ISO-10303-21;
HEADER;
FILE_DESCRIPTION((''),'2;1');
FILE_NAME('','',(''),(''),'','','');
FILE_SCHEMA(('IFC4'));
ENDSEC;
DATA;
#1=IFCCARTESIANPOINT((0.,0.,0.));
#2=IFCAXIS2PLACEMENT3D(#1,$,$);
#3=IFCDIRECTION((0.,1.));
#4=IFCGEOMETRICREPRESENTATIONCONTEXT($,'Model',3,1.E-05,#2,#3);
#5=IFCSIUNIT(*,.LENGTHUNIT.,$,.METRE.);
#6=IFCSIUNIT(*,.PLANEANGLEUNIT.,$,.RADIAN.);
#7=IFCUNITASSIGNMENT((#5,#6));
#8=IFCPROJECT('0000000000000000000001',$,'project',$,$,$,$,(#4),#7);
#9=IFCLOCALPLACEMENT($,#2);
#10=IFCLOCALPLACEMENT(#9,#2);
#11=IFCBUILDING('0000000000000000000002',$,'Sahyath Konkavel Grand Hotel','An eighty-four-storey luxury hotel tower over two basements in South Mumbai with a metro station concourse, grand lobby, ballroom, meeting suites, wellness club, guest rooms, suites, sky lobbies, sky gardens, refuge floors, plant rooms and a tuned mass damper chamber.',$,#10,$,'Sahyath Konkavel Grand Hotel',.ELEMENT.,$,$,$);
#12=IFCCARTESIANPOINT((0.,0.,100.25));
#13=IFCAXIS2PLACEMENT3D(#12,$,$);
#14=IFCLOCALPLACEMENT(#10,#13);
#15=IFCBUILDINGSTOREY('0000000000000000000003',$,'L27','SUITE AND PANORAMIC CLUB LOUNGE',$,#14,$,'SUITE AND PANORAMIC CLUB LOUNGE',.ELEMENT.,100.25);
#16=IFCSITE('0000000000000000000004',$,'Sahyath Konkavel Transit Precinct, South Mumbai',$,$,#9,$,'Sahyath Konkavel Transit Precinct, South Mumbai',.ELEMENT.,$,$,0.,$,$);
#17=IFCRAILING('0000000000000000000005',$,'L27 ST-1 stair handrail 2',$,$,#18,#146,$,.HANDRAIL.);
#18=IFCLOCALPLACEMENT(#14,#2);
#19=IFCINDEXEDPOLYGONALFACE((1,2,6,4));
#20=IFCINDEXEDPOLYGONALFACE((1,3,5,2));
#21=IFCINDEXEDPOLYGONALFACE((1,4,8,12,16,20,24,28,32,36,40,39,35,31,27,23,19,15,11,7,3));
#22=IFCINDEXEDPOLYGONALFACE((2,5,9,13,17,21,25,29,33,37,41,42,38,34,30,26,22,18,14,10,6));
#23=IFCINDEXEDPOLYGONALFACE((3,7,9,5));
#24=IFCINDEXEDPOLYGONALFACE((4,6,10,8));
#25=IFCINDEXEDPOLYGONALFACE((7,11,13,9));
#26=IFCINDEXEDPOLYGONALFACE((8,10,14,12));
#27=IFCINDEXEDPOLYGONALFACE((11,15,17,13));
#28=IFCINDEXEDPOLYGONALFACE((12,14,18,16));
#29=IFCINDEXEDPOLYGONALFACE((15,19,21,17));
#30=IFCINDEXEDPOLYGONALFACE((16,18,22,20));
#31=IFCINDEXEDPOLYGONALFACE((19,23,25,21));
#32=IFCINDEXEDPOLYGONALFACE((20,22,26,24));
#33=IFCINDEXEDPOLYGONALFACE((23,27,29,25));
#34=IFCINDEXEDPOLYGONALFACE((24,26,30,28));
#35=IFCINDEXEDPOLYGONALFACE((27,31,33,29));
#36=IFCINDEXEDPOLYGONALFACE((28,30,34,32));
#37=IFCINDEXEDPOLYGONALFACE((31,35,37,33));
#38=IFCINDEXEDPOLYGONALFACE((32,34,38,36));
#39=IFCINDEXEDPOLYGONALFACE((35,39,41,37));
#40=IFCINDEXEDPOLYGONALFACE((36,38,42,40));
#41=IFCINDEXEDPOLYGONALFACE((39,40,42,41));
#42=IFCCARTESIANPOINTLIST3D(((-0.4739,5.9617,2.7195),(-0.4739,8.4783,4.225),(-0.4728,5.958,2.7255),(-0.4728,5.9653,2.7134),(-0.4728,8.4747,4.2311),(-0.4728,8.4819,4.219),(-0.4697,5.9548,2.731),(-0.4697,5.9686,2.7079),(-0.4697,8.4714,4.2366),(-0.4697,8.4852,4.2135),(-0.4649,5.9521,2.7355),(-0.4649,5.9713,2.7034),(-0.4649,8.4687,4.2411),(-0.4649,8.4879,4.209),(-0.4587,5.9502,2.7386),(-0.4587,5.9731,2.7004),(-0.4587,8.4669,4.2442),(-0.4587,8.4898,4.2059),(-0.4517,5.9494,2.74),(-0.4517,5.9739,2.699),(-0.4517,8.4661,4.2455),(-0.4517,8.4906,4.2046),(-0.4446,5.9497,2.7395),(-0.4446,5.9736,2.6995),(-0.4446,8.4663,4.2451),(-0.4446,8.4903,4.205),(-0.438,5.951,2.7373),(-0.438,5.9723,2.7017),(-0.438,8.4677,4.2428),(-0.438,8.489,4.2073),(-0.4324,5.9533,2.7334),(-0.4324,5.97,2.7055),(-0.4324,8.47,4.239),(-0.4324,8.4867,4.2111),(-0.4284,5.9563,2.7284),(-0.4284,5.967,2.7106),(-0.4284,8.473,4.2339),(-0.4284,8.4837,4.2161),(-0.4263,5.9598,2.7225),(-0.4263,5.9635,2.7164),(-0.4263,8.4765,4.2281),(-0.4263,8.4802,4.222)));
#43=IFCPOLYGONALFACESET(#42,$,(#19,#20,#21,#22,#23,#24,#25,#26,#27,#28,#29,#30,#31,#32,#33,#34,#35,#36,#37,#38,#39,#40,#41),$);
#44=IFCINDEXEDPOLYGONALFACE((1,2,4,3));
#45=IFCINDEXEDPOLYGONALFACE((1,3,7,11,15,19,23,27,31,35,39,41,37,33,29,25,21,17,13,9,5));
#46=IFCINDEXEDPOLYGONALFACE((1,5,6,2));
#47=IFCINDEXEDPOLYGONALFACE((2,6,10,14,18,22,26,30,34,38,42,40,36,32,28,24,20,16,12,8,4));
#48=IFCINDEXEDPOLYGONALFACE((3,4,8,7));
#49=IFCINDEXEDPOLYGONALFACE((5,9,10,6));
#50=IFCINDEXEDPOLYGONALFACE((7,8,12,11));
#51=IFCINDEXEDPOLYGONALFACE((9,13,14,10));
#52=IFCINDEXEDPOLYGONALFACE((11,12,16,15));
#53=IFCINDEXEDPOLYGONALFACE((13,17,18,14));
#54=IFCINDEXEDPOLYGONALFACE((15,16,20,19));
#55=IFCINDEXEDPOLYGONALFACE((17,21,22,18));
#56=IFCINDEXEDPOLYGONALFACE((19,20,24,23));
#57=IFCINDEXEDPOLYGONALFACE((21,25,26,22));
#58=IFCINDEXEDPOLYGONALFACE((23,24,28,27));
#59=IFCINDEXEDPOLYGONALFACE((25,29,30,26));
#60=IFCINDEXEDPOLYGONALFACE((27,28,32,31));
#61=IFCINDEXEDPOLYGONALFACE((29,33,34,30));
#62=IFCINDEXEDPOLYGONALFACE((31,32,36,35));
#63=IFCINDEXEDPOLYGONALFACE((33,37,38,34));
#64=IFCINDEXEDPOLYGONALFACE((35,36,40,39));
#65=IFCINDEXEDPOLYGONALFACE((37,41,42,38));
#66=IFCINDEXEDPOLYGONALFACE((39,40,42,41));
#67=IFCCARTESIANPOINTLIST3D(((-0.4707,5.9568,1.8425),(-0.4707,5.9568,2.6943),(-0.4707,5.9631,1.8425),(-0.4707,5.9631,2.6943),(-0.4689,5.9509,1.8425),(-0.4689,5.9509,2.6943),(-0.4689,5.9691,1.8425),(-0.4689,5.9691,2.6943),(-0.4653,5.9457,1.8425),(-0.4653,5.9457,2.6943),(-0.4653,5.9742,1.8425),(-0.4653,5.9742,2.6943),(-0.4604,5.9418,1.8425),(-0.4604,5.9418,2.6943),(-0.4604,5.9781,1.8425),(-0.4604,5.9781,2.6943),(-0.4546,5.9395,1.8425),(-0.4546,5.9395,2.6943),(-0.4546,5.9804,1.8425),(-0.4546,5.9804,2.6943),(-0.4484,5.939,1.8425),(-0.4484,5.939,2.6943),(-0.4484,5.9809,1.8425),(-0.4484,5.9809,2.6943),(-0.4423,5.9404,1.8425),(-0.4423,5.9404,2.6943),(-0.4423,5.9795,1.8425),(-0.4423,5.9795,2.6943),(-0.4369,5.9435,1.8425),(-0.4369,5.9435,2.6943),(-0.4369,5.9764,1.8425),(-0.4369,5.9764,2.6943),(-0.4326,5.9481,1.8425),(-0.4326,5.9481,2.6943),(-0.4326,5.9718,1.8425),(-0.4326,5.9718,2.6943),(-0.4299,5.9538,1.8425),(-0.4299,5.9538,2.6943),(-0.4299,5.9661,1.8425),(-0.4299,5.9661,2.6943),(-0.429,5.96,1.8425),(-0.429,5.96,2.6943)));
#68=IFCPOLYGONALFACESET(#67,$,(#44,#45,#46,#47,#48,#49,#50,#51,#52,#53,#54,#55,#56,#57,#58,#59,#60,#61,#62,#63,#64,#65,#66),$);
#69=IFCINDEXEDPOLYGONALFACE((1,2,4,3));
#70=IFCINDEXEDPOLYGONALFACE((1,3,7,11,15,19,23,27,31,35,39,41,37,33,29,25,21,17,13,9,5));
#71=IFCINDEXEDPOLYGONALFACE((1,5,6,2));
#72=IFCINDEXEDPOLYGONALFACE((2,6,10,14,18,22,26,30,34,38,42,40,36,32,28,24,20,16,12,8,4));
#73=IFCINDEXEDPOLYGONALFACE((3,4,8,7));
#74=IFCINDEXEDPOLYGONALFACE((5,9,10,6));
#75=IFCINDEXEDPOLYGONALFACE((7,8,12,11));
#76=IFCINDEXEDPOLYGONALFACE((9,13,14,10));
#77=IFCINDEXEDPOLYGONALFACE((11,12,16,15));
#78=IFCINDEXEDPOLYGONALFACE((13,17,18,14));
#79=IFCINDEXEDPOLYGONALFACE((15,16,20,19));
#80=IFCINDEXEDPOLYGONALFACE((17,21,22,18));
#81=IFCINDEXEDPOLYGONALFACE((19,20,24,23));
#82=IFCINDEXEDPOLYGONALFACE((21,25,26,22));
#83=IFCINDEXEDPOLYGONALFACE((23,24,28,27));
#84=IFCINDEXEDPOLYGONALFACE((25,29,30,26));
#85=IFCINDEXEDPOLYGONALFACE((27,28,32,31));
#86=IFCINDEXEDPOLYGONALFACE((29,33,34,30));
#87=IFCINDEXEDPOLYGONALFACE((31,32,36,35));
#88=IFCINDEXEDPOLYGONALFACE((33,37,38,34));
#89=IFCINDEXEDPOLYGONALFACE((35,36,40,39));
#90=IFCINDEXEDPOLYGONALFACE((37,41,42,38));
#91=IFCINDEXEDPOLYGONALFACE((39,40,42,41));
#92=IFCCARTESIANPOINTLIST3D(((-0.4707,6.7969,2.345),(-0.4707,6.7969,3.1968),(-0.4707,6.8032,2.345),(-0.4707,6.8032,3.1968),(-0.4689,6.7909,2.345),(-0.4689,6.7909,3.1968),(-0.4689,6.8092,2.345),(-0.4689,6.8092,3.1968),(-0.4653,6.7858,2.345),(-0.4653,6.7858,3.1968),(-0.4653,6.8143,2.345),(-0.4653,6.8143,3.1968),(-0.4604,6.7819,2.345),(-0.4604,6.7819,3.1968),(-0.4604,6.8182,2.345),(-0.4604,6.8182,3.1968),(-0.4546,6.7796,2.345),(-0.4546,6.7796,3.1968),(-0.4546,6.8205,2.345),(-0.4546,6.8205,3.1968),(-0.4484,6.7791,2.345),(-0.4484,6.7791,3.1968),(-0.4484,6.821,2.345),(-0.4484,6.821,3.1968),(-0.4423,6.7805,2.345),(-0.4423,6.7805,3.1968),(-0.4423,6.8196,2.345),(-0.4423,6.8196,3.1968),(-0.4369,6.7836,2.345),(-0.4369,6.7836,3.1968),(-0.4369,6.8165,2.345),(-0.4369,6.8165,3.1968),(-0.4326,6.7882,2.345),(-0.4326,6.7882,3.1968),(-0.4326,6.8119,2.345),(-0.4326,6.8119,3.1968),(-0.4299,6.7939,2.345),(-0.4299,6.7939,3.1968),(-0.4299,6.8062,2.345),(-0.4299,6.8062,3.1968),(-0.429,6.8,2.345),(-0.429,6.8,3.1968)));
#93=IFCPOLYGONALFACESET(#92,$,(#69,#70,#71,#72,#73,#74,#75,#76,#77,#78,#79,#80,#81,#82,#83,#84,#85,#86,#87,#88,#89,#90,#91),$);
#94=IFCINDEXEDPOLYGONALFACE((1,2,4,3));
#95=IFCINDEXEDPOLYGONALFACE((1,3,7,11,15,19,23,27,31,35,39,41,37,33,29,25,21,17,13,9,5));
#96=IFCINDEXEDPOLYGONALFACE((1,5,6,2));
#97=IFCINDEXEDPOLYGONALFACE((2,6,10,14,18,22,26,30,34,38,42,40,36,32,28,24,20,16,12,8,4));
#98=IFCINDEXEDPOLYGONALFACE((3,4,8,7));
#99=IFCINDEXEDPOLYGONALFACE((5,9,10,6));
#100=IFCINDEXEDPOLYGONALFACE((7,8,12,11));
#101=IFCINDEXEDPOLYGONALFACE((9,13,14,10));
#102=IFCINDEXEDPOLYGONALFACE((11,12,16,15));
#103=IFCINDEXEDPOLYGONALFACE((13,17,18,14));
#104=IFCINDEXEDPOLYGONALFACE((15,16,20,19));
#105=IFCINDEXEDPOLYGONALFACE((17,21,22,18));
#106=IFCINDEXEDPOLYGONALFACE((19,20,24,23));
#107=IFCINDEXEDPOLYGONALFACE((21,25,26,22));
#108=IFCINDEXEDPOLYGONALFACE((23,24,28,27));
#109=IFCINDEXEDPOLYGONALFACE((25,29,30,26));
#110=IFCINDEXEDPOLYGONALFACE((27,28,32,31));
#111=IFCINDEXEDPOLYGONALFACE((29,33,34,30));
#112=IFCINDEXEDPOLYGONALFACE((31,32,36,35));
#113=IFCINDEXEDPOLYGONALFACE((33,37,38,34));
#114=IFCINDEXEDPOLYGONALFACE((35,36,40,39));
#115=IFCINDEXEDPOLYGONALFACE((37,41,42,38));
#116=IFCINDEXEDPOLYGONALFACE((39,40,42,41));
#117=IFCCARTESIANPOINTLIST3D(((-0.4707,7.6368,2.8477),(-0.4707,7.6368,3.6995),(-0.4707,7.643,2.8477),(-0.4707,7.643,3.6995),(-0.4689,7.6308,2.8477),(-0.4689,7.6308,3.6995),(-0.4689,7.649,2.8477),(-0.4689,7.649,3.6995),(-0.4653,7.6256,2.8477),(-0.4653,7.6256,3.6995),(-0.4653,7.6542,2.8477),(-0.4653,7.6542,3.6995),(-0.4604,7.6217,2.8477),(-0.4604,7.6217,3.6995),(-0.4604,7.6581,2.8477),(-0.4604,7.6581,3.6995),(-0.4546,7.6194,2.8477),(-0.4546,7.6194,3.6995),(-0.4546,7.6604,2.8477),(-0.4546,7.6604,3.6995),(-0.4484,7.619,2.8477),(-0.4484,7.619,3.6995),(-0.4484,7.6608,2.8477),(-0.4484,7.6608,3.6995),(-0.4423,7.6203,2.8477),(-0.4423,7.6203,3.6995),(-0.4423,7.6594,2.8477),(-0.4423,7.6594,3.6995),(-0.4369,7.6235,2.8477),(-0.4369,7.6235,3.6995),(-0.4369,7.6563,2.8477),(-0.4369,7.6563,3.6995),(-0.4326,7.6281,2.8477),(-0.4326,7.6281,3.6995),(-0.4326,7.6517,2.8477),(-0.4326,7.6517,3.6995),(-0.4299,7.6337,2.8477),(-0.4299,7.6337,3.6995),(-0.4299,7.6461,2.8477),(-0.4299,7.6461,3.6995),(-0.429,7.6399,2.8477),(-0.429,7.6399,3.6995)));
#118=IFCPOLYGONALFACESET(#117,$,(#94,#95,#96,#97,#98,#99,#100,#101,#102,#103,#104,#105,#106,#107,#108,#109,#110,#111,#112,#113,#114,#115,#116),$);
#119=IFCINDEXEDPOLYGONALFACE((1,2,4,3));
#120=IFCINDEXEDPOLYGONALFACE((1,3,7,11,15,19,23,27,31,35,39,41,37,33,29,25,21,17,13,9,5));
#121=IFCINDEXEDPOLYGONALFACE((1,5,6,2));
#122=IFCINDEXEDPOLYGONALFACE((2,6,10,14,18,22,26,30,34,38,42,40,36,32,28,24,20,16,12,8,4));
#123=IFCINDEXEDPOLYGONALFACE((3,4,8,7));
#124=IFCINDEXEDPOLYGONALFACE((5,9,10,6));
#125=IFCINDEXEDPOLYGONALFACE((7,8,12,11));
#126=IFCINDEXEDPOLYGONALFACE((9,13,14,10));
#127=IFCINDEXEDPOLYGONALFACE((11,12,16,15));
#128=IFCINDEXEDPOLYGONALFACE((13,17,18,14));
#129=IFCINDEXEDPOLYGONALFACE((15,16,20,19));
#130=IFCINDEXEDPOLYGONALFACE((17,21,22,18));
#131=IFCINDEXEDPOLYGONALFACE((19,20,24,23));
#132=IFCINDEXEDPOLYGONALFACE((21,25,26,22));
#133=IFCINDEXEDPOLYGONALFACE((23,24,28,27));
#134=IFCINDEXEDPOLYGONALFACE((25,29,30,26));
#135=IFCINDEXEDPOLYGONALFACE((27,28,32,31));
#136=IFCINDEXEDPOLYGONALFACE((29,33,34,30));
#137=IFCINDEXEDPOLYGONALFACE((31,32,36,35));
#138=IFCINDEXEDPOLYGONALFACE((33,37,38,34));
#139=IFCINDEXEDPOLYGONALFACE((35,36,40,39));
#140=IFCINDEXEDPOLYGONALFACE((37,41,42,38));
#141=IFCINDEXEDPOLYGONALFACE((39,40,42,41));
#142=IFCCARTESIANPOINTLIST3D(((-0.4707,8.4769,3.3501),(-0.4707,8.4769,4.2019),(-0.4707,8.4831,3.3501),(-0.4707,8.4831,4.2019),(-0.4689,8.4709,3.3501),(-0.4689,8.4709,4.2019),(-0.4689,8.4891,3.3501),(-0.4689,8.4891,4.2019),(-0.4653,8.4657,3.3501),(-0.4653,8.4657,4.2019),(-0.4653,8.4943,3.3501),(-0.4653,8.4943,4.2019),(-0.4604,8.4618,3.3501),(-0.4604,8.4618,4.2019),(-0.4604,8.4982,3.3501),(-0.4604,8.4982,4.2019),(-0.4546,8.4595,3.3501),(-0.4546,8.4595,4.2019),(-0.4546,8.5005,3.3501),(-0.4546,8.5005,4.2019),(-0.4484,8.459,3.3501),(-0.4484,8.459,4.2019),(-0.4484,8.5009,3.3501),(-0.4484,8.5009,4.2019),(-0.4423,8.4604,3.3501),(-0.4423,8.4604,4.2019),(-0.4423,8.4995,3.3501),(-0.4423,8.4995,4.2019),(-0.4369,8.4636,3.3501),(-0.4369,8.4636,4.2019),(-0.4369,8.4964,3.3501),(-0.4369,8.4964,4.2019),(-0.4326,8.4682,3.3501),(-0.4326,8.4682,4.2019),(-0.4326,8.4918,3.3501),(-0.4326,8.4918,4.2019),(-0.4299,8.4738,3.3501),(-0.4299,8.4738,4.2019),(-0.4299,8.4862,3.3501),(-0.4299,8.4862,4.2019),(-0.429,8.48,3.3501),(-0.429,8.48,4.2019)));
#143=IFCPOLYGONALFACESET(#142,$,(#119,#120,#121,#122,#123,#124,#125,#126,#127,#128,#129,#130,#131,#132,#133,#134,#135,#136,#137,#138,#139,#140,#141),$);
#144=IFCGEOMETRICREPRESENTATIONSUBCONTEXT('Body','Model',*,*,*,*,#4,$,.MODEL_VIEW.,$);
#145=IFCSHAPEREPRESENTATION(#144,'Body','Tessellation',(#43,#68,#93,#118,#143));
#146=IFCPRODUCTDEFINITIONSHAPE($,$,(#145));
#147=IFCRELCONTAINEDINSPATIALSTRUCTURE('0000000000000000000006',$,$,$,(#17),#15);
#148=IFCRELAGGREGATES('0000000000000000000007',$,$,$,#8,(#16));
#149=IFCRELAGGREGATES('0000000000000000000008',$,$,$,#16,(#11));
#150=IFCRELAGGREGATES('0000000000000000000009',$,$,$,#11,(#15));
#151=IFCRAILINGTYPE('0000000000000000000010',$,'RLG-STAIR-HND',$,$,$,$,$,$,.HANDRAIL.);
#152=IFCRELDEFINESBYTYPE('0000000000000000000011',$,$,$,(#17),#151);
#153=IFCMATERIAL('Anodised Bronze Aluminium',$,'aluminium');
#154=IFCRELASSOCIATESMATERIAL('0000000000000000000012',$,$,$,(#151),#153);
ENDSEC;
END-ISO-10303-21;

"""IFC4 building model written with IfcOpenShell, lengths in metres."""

from ifc_helpers import new_model, si_unit, direction, frame, origin, origin_2d, place, context, subcontext, project, spatial, circle, extrude, material, type_object, element, save


model = new_model("IFC4")

# Units and contexts
model_context = context("Model", 3, precision=1e-05, world=origin(), true_north=direction((0.0, 1.0)))
body_context = subcontext(model_context, "Body", "Model", "MODEL_VIEW")
ifc_project = project(units=[si_unit("LENGTHUNIT", "METRE"), si_unit("PLANEANGLEUNIT", "RADIAN")], contexts=[model_context])

# Site, building, storey
site_placement = place(None, origin())
site = spatial("IfcSite", under=ifc_project, at=site_placement, Name="Sahyath Konkavel Transit Precinct, South Mumbai", LongName="Sahyath Konkavel Transit Precinct, South Mumbai", CompositionType="ELEMENT", RefElevation=0.0)
building_placement = place(site_placement, origin())
building = spatial("IfcBuilding", under=site, at=building_placement, Name="Sahyath Konkavel Grand Hotel", Description="An eighty-four-storey luxury hotel tower over two basements in South Mumbai with a metro station concourse, grand lobby, ballroom, meeting suites, wellness club, guest rooms, suites, sky lobbies, sky gardens, refuge floors, plant rooms and a tuned mass damper chamber.", LongName="Sahyath Konkavel Grand Hotel", CompositionType="ELEMENT")
storey_placement = place(building_placement, frame((0.0, 0.0, 100.25)))
storey = spatial("IfcBuildingStorey", under=building, at=storey_placement, Name="L27", Description="SUITE AND PANORAMIC CLUB LOUNGE", LongName="SUITE AND PANORAMIC CLUB LOUNGE", CompositionType="ELEMENT", Elevation=100.25)

# Shared definitions
ifc_material_1 = material(Name="Anodised Bronze Aluminium", Category="aluminium")

# Railing
railing_type_1 = type_object("IfcRailingType", Name="RLG-STAIR-HND", PredefinedType="HANDRAIL", material=ifc_material_1)
railing_1_placement = place(storey_placement, frame((-0.45, 5.96, 1.8425)))
element("IfcRailing", 1, at=railing_1_placement, inside=storey, type_object=railing_type_1, Name="L27 ST-1 stair handrail 2", PredefinedType="HANDRAIL", context=body_context, shape_type="SweptSolid", body=[
    extrude(circle(Radius=0.0239, at=origin_2d()), frame((0.0, 0.0017, 0.877), z_axis=(0.0, 0.85816, 0.513383), x_axis=(-1.0, 0.0, 0.0)), (0.0, 0.0, 1.0), 2.9326),
    extrude(circle(Radius=0.021, at=origin_2d()), origin(), (0.0, 0.0, 1.0), 0.8518),
    extrude(circle(Radius=0.021, at=origin_2d()), frame((0.0, 0.8401, 0.5024)), (0.0, 0.0, 1.0), 0.8518),
    extrude(circle(Radius=0.021, at=origin_2d()), frame((0.0, 1.6799, 1.0051)), (0.0, 0.0, 1.0), 0.8518),
    extrude(circle(Radius=0.021, at=origin_2d()), frame((0.0, 2.52, 1.5076)), (0.0, 0.0, 1.0), 0.8518),
])

save(model, "model.ifc")
